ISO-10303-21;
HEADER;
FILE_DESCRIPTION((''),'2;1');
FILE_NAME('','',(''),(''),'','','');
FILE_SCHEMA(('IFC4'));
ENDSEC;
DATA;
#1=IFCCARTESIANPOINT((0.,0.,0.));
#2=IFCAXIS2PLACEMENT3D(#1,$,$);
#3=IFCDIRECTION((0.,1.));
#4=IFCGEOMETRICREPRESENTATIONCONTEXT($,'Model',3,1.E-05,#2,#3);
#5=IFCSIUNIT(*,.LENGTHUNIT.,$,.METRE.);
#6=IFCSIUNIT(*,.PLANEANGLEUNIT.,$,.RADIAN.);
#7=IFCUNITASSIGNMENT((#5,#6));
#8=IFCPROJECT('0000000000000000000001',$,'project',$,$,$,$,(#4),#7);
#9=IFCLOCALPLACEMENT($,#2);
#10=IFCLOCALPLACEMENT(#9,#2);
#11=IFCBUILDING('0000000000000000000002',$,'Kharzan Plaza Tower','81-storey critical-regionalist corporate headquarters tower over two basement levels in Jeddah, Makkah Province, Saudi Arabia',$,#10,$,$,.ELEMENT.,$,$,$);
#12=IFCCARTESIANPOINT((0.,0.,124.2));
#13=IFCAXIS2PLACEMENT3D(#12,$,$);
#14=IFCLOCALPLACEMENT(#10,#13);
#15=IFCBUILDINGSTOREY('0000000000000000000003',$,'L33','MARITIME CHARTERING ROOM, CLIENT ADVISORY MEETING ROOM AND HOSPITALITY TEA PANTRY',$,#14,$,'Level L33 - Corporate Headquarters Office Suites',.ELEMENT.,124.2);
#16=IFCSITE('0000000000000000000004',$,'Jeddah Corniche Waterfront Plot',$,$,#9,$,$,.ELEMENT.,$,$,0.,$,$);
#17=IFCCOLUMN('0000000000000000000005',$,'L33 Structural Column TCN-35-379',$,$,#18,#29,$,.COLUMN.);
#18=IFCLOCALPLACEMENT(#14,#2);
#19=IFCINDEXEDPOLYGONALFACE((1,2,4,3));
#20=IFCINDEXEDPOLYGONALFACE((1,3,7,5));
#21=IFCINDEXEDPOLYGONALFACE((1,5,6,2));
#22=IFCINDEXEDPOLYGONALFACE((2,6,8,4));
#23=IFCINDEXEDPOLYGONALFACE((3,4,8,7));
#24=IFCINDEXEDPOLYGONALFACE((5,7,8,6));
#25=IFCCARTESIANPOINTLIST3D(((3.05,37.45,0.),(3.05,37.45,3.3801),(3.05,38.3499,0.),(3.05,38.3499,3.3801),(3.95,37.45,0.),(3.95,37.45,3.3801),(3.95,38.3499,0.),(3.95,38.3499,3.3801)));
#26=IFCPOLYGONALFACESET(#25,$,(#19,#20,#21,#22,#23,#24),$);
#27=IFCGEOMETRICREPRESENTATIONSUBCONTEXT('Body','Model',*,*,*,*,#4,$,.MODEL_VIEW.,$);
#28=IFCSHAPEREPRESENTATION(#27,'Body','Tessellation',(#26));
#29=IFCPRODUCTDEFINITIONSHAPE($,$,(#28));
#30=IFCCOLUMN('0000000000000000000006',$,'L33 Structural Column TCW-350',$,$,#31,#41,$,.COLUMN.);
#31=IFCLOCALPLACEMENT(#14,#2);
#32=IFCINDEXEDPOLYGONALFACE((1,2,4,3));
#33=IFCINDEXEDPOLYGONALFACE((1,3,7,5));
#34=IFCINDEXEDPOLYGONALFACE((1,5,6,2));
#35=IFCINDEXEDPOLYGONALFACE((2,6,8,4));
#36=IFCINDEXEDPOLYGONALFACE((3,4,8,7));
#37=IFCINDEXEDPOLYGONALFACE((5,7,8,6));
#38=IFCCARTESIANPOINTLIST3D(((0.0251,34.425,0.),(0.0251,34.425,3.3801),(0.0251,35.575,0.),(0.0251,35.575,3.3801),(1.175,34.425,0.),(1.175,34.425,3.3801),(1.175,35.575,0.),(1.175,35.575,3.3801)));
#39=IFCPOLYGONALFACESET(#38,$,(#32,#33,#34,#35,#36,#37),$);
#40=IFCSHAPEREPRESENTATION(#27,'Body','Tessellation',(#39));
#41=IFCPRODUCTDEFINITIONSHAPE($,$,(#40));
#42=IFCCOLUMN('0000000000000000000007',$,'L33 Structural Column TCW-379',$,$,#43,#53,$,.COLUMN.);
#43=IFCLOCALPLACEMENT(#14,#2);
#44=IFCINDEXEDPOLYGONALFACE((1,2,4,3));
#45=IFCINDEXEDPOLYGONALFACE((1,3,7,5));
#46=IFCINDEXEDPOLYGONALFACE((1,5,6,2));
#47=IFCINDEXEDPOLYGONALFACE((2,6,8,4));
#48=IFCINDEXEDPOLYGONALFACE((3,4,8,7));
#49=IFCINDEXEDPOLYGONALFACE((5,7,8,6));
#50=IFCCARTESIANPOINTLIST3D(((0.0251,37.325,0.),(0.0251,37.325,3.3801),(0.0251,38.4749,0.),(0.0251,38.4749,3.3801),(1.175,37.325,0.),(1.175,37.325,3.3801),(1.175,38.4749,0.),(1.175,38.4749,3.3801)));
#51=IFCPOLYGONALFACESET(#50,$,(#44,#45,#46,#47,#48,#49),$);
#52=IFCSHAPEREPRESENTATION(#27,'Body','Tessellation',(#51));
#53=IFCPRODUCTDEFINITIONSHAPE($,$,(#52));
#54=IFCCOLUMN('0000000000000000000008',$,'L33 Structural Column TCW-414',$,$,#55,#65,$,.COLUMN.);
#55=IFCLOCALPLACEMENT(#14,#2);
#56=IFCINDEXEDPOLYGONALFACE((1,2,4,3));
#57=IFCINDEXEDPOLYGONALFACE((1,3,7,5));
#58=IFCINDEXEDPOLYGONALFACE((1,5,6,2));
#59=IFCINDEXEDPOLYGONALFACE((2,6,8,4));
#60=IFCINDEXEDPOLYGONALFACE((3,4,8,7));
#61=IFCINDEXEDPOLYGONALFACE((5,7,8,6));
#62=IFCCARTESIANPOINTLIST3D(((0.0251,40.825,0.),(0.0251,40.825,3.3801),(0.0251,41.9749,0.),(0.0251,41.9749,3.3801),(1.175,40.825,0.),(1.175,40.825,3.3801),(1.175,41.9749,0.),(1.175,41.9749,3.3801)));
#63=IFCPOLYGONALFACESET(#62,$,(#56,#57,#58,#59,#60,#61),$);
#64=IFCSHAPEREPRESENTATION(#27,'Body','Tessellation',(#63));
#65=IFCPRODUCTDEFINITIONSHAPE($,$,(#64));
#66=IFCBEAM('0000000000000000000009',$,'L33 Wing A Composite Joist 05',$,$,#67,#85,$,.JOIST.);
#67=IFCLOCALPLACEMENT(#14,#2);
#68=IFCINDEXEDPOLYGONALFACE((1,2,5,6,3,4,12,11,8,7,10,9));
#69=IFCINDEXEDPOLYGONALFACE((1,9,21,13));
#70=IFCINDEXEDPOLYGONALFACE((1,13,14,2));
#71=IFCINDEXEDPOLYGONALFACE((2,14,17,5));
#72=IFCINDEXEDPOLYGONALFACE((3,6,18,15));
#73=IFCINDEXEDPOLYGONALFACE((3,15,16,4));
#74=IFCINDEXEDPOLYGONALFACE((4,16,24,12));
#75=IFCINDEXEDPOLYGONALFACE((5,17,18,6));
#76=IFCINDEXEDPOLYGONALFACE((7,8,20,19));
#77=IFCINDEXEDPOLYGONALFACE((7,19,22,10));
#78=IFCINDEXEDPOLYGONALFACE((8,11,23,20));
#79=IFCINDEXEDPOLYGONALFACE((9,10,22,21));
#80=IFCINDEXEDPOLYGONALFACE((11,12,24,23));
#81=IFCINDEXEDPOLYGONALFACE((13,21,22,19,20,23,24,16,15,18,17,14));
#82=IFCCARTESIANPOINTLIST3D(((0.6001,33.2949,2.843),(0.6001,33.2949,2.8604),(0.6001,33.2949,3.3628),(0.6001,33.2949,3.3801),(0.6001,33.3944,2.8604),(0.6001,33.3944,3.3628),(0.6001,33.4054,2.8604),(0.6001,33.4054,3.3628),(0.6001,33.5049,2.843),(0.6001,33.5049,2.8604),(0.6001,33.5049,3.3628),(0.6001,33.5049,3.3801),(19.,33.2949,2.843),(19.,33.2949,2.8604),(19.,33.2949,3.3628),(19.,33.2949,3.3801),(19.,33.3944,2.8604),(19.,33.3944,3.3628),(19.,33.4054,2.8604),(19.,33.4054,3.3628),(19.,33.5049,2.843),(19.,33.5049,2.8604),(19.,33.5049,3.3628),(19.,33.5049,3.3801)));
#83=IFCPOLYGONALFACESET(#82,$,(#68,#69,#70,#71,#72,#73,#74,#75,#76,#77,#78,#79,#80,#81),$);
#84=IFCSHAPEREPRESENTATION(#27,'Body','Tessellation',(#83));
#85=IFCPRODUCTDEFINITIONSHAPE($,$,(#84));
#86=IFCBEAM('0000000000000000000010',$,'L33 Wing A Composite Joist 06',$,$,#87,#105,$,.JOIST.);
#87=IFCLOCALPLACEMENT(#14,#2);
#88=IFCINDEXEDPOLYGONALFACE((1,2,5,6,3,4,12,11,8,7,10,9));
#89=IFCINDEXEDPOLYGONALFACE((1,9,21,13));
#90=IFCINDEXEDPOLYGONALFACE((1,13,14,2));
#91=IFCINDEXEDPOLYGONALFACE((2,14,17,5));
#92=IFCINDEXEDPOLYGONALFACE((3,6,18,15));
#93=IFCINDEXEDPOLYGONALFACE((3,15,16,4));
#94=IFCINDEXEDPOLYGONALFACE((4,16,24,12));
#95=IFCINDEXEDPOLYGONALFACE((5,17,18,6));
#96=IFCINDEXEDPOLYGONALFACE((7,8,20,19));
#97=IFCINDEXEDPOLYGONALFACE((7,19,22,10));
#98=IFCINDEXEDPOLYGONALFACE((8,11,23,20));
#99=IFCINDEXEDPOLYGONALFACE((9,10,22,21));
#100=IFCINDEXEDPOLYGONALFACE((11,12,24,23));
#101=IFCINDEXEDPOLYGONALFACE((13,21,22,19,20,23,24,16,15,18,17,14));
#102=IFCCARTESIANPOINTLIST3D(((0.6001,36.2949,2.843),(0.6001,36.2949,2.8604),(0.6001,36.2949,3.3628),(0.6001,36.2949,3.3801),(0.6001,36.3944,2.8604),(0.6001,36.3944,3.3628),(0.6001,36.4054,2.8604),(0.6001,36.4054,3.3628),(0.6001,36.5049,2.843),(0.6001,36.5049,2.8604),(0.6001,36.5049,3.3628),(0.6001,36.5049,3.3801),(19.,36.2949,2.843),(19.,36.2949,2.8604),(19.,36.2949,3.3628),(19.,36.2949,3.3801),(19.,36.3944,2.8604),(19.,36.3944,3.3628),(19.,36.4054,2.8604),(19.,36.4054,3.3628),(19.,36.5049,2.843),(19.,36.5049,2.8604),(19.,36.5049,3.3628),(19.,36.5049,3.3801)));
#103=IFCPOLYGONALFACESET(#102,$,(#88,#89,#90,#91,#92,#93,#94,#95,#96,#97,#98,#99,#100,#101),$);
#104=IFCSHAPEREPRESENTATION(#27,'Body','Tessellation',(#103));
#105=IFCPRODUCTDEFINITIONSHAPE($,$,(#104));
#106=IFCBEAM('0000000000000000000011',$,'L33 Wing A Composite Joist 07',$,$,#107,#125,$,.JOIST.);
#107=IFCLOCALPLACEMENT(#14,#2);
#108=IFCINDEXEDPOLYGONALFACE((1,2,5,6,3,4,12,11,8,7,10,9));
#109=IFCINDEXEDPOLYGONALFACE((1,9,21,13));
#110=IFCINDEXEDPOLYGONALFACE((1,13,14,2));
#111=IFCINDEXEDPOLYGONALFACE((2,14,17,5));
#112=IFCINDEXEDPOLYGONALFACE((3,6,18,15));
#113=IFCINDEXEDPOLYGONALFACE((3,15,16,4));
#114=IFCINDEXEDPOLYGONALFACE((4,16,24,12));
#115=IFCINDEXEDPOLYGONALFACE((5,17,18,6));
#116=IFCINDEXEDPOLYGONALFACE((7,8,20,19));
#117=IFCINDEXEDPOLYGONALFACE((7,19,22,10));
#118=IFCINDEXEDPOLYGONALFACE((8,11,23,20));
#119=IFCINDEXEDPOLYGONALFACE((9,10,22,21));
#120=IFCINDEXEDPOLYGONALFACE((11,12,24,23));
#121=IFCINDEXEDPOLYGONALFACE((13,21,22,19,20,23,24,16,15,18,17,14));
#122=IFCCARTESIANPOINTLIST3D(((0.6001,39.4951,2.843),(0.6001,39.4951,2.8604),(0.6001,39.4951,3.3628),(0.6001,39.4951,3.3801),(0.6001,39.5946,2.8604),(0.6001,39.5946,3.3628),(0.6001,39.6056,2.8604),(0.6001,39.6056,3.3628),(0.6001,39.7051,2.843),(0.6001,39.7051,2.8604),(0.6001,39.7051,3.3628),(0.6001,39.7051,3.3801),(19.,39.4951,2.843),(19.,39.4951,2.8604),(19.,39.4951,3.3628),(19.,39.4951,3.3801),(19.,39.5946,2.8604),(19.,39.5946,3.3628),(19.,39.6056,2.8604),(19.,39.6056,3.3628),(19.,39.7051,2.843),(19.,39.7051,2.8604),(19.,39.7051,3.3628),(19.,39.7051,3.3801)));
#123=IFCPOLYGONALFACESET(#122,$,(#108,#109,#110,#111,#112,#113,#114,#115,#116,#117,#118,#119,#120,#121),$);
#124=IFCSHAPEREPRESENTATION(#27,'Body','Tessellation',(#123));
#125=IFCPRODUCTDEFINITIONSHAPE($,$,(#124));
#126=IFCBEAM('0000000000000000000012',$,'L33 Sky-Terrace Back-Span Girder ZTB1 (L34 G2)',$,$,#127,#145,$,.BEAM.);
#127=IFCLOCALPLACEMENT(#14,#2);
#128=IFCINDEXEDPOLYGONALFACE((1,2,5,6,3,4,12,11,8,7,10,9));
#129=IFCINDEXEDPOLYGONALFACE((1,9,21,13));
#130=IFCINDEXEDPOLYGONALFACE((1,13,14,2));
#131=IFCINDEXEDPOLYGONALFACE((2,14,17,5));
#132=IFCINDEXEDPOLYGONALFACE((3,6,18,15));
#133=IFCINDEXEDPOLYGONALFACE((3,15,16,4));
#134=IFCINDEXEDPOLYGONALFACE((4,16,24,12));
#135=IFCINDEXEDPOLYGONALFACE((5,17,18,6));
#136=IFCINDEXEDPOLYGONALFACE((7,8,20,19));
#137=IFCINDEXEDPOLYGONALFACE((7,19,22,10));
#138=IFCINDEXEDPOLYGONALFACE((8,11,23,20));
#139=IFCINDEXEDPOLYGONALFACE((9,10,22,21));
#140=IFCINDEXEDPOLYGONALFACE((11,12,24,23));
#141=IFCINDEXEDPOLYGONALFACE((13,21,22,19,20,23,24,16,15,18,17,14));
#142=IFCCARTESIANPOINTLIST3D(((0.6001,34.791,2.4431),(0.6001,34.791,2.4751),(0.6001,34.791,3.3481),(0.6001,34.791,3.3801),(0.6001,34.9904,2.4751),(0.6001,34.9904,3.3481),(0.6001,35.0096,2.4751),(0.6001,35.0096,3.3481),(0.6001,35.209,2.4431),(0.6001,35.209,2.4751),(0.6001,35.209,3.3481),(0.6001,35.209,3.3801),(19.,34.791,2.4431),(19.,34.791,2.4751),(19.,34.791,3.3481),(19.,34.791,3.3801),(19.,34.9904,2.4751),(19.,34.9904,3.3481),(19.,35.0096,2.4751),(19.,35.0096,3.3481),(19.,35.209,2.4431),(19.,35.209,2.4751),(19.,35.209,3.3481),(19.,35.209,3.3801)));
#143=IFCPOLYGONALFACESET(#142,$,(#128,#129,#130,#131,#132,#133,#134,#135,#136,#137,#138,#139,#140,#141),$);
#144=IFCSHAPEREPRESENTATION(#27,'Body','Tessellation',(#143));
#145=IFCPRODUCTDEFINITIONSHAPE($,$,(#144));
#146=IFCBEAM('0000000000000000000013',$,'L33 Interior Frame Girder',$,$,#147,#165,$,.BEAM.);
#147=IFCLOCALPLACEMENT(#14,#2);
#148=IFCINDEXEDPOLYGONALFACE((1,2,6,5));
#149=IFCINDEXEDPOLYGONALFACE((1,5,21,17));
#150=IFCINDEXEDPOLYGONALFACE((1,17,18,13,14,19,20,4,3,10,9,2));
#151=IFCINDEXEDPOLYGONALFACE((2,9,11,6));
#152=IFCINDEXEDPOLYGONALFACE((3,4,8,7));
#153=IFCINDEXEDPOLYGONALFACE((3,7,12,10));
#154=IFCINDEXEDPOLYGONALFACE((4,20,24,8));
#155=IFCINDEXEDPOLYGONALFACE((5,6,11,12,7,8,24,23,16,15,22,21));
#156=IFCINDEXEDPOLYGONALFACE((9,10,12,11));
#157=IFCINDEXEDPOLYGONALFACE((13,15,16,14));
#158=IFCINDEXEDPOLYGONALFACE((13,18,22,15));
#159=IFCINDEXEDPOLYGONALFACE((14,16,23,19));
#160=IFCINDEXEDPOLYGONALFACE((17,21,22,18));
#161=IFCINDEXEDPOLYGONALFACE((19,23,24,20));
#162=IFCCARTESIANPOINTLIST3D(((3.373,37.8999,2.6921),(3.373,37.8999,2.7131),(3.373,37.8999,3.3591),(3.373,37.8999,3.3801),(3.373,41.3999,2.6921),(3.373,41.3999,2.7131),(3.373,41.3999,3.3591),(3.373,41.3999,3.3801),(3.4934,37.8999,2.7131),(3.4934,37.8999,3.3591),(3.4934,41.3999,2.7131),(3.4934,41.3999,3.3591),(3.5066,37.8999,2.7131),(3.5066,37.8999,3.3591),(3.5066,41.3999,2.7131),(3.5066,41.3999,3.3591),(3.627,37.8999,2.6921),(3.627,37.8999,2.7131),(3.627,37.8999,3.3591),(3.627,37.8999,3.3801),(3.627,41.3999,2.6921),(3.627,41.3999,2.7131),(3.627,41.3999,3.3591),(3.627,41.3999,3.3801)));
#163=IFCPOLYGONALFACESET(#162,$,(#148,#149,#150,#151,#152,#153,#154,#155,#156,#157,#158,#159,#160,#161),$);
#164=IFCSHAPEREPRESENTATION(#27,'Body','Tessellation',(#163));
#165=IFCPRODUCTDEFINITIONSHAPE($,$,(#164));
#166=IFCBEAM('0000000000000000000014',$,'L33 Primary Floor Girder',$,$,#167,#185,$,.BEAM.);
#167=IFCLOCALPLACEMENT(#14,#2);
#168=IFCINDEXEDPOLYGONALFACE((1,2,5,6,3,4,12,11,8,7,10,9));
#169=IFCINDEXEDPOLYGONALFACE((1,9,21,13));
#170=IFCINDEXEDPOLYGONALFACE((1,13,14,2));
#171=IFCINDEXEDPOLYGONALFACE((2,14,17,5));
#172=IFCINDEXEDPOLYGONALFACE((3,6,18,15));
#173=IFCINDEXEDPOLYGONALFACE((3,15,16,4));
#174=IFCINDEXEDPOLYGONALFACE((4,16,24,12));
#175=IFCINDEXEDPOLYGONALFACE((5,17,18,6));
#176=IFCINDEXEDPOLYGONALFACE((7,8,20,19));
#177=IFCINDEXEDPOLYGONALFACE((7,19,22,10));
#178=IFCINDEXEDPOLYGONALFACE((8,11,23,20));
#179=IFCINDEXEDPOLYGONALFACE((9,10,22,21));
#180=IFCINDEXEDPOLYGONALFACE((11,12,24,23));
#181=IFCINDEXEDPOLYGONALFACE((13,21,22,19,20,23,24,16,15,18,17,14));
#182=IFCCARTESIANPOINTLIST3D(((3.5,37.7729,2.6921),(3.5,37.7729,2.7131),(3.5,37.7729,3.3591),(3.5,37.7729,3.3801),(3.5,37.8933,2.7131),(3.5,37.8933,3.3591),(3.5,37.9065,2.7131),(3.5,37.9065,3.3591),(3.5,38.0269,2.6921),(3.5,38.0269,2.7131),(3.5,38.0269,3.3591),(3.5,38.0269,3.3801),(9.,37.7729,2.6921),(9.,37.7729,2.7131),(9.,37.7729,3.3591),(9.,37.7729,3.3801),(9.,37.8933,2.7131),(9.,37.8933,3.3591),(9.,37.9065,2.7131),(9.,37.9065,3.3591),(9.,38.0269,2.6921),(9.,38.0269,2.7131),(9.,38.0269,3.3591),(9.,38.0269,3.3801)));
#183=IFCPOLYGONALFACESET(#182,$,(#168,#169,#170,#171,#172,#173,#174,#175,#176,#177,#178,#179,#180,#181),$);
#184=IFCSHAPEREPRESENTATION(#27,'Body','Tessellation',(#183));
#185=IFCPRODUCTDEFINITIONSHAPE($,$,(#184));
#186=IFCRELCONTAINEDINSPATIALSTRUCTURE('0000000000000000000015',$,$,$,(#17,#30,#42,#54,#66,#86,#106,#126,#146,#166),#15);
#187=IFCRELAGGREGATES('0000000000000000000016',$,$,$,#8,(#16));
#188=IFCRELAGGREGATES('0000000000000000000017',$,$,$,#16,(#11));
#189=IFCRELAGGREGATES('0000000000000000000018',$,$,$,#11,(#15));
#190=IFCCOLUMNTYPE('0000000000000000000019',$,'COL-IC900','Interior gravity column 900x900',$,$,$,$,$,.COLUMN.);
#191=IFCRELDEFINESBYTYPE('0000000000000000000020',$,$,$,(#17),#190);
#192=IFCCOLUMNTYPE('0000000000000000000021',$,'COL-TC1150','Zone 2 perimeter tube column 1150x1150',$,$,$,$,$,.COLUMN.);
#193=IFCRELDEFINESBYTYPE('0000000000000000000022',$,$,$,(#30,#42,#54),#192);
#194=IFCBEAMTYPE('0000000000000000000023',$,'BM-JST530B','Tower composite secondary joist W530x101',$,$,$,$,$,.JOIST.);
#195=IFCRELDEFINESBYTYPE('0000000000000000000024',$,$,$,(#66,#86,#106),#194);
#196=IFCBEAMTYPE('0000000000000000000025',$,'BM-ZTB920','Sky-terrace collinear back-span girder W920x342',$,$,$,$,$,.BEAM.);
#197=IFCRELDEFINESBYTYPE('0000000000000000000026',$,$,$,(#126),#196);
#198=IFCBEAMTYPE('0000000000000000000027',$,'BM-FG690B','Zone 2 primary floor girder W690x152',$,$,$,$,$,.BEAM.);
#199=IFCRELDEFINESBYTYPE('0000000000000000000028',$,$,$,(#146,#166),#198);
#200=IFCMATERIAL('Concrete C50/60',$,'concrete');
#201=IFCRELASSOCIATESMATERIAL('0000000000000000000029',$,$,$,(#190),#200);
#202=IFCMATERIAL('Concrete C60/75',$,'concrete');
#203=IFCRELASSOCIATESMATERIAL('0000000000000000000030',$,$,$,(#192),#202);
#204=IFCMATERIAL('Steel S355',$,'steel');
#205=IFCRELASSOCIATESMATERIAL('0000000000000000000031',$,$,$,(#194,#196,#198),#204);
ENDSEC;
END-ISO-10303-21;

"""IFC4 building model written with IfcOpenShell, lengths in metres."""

from ifc_helpers import new_model, si_unit, direction, frame, origin, origin_2d, place, context, subcontext, project, spatial, rectangle, i_section, extrude, source, transform, mapped, material, material_profile, profile_set, type_object, element, save


model = new_model("IFC4")

# Units and contexts
model_context = context("Model", 3, precision=1e-05, world=origin(), true_north=direction((0.0, 1.0)))
body_context = subcontext(model_context, "Body", "Model", "MODEL_VIEW")
ifc_project = project(units=[si_unit("LENGTHUNIT", "METRE"), si_unit("PLANEANGLEUNIT", "RADIAN")], contexts=[model_context])

# Site, building, storey
site_placement = place(None, origin())
site = spatial("IfcSite", under=ifc_project, at=site_placement, Name="Jeddah Corniche Waterfront Plot", CompositionType="ELEMENT", RefElevation=0.0)
building_placement = place(site_placement, origin())
building = spatial("IfcBuilding", under=site, at=building_placement, Name="Kharzan Plaza Tower", Description="81-storey critical-regionalist corporate headquarters tower over two basement levels in Jeddah, Makkah Province, Saudi Arabia", CompositionType="ELEMENT")
storey_placement = place(building_placement, frame((0.0, 0.0, 124.2)))
storey = spatial("IfcBuildingStorey", under=building, at=storey_placement, Name="L33", Description="MARITIME CHARTERING ROOM, CLIENT ADVISORY MEETING ROOM AND HOSPITALITY TEA PANTRY", LongName="Level L33 - Corporate Headquarters Office Suites", CompositionType="ELEMENT", Elevation=124.2)

# Columns
ifc_material_1 = material(Name="Concrete C50/60", Category="concrete")
ifc_material_profile_1 = material_profile(ifc_material_1, rectangle(XDim=0.8999, YDim=0.8999, at=origin_2d()), Name="RC-IC900x900")
ifc_profile_set_1 = profile_set([ifc_material_profile_1], Name="Concrete C50/60")
column_type_1 = type_object("IfcColumnType", Name="COL-IC900", Description="Interior gravity column 900x900", PredefinedType="COLUMN", material=ifc_profile_set_1)
shared_shape_1 = source(origin(), body_context, "Body", "SweptSolid", [
    extrude(rectangle(XDim=0.8999, YDim=0.8999, at=origin_2d()), origin(), (0.0, 0.0, 1.0), 3.3801),
])
column_placement = place(storey_placement, frame((3.5, 37.8999, 0.0), z_axis=(0.0, 0.0, 1.0), x_axis=(1.0, 0.0, 0.0)))
element("IfcColumn", 1, at=column_placement, inside=storey, type_object=column_type_1, Name="L33 Structural Column TCN-35-379", PredefinedType="COLUMN", context=body_context, shape_type="MappedRepresentation", body=[
    mapped(shared_shape_1, transform((0.0, 0.0, 0.0), x_axis=(1.0, 0.0, 0.0), y_axis=(0.0, 1.0, 0.0), z_axis=(0.0, 0.0, 1.0))),
])
ifc_material_2 = material(Name="Concrete C60/75", Category="concrete")
ifc_material_profile_2 = material_profile(ifc_material_2, rectangle(XDim=1.1499, YDim=1.1499, at=origin_2d()), Name="RC-TC1150x1150")
ifc_profile_set_2 = profile_set([ifc_material_profile_2], Name="Concrete C60/75")
column_type_2 = type_object("IfcColumnType", Name="COL-TC1150", Description="Zone 2 perimeter tube column 1150x1150", PredefinedType="COLUMN", material=ifc_profile_set_2)
shared_shape_2 = source(origin(), body_context, "Body", "SweptSolid", [
    extrude(rectangle(XDim=1.1499, YDim=1.1499, at=origin_2d()), origin(), (0.0, 0.0, 1.0), 3.3801),
])
for number, where, z_axis, x_axis, name in (
    (2, (0.6001, 35.0, 0.0), (0.0, 0.0, 1.0), (1.0, 0.0, 0.0), "L33 Structural Column TCW-350"),
    (3, (0.6001, 37.8999, 0.0), (0.0, 0.0, 1.0), (1.0, 0.0, 0.0), "L33 Structural Column TCW-379"),
    (4, (0.6001, 41.3999, 0.0), (0.0, 0.0, 1.0), (1.0, 0.0, 0.0), "L33 Structural Column TCW-414"),
):
    element("IfcColumn", number, at=place(storey_placement, frame(where, z_axis=z_axis, x_axis=x_axis)), inside=storey, type_object=column_type_2, Name=name, PredefinedType="COLUMN", context=body_context, shape_type="MappedRepresentation", body=[
        mapped(shared_shape_2, transform((0.0, 0.0, 0.0), x_axis=(1.0, 0.0, 0.0), y_axis=(0.0, 1.0, 0.0), z_axis=(0.0, 0.0, 1.0))),
    ])

# Beams
ifc_material_3 = material(Name="Steel S355", Category="steel")
ifc_material_profile_3 = material_profile(ifc_material_3, i_section(OverallWidth=0.21, OverallDepth=0.5371, WebThickness=0.011, FlangeThickness=0.0173, at=origin_2d()), Name="W530x101")
ifc_profile_set_3 = profile_set([ifc_material_profile_3], Name="Steel S355")
beam_type_1 = type_object("IfcBeamType", Name="BM-JST530B", Description="Tower composite secondary joist W530x101", PredefinedType="JOIST", material=ifc_profile_set_3)
shared_shape_3 = source(origin(), body_context, "Body", "SweptSolid", [
    extrude(i_section(OverallWidth=0.21, OverallDepth=0.5371, WebThickness=0.011, FlangeThickness=0.0173, at=origin_2d()), origin(), (0.0, 0.0, 1.0), 18.3999),
])
for number, where, z_axis, x_axis, name in (
    (5, (0.6001, 33.3999, 3.1116), (1.0, 0.0, 0.0), (0.0, 1.0, 0.0), "L33 Wing A Composite Joist 05"),
    (6, (0.6001, 36.3999, 3.1116), (1.0, 0.0, 0.0), (0.0, 1.0, 0.0), "L33 Wing A Composite Joist 06"),
    (7, (0.6001, 39.6001, 3.1116), (1.0, 0.0, 0.0), (0.0, 1.0, 0.0), "L33 Wing A Composite Joist 07"),
):
    element("IfcBeam", number, at=place(storey_placement, frame(where, z_axis=z_axis, x_axis=x_axis)), inside=storey, type_object=beam_type_1, Name=name, PredefinedType="JOIST", context=body_context, shape_type="MappedRepresentation", body=[
        mapped(shared_shape_3, transform((0.0, 0.0, 0.0), x_axis=(1.0, 0.0, 0.0), y_axis=(0.0, 1.0, 0.0), z_axis=(0.0, 0.0, 1.0))),
    ])
ifc_material_profile_4 = material_profile(ifc_material_3, i_section(OverallWidth=0.418, OverallDepth=0.937, WebThickness=0.0193, FlangeThickness=0.032, at=origin_2d()), Name="W920x342")
ifc_profile_set_4 = profile_set([ifc_material_profile_4], Name="Steel S355")
beam_type_2 = type_object("IfcBeamType", Name="BM-ZTB920", Description="Sky-terrace collinear back-span girder W920x342", PredefinedType="BEAM", material=ifc_profile_set_4)
shared_shape_4 = source(origin(), body_context, "Body", "SweptSolid", [
    extrude(i_section(OverallWidth=0.418, OverallDepth=0.937, WebThickness=0.0193, FlangeThickness=0.032, at=origin_2d()), origin(), (0.0, 0.0, 1.0), 18.3999),
])
beam_1_placement = place(storey_placement, frame((0.6001, 35.0, 2.9116), z_axis=(1.0, 0.0, 0.0), x_axis=(0.0, 1.0, 0.0)))
element("IfcBeam", 8, at=beam_1_placement, inside=storey, type_object=beam_type_2, Name="L33 Sky-Terrace Back-Span Girder ZTB1 (L34 G2)", PredefinedType="BEAM", context=body_context, shape_type="MappedRepresentation", body=[
    mapped(shared_shape_4, transform((0.0, 0.0, 0.0), x_axis=(1.0, 0.0, 0.0), y_axis=(0.0, 1.0, 0.0), z_axis=(0.0, 0.0, 1.0))),
])
ifc_material_profile_5 = material_profile(ifc_material_3, i_section(OverallWidth=0.2539, OverallDepth=0.688, WebThickness=0.0132, FlangeThickness=0.021, at=origin_2d()), Name="W690x152")
ifc_profile_set_5 = profile_set([ifc_material_profile_5], Name="Steel S355")
beam_type_3 = type_object("IfcBeamType", Name="BM-FG690B", Description="Zone 2 primary floor girder W690x152", PredefinedType="BEAM", material=ifc_profile_set_5)
shared_shape_5 = source(origin(), body_context, "Body", "SweptSolid", [
    extrude(i_section(OverallWidth=0.2539, OverallDepth=0.688, WebThickness=0.0132, FlangeThickness=0.021, at=origin_2d()), origin(), (0.0, 0.0, 1.0), 3.5),
])
beam_2_placement = place(storey_placement, frame((3.5, 37.8999, 3.0361), z_axis=(0.0, 1.0, 0.0), x_axis=(-1.0, 0.0, 0.0)))
element("IfcBeam", 9, at=beam_2_placement, inside=storey, type_object=beam_type_3, Name="L33 Interior Frame Girder", PredefinedType="BEAM", context=body_context, shape_type="MappedRepresentation", body=[
    mapped(shared_shape_5, transform((0.0, 0.0, 0.0), x_axis=(1.0, 0.0, 0.0), y_axis=(0.0, 1.0, 0.0), z_axis=(0.0, 0.0, 1.0))),
])
shared_shape_6 = source(origin(), body_context, "Body", "SweptSolid", [
    extrude(i_section(OverallWidth=0.2539, OverallDepth=0.688, WebThickness=0.0132, FlangeThickness=0.021, at=origin_2d()), origin(), (0.0, 0.0, 1.0), 5.5),
])
for number, where, z_axis, x_axis, name in (
    (10, (3.5, 37.8999, 3.0361), (1.0, 0.0, 0.0), (0.0, 1.0, 0.0), "L33 Primary Floor Girder"),
):
    element("IfcBeam", number, at=place(storey_placement, frame(where, z_axis=z_axis, x_axis=x_axis)), inside=storey, type_object=beam_type_3, Name=name, PredefinedType="BEAM", context=body_context, shape_type="MappedRepresentation", body=[
        mapped(shared_shape_6, transform((0.0, 0.0, 0.0), x_axis=(1.0, 0.0, 0.0), y_axis=(0.0, 1.0, 0.0), z_axis=(0.0, 0.0, 1.0))),
    ])

save(model, "model.ifc")
